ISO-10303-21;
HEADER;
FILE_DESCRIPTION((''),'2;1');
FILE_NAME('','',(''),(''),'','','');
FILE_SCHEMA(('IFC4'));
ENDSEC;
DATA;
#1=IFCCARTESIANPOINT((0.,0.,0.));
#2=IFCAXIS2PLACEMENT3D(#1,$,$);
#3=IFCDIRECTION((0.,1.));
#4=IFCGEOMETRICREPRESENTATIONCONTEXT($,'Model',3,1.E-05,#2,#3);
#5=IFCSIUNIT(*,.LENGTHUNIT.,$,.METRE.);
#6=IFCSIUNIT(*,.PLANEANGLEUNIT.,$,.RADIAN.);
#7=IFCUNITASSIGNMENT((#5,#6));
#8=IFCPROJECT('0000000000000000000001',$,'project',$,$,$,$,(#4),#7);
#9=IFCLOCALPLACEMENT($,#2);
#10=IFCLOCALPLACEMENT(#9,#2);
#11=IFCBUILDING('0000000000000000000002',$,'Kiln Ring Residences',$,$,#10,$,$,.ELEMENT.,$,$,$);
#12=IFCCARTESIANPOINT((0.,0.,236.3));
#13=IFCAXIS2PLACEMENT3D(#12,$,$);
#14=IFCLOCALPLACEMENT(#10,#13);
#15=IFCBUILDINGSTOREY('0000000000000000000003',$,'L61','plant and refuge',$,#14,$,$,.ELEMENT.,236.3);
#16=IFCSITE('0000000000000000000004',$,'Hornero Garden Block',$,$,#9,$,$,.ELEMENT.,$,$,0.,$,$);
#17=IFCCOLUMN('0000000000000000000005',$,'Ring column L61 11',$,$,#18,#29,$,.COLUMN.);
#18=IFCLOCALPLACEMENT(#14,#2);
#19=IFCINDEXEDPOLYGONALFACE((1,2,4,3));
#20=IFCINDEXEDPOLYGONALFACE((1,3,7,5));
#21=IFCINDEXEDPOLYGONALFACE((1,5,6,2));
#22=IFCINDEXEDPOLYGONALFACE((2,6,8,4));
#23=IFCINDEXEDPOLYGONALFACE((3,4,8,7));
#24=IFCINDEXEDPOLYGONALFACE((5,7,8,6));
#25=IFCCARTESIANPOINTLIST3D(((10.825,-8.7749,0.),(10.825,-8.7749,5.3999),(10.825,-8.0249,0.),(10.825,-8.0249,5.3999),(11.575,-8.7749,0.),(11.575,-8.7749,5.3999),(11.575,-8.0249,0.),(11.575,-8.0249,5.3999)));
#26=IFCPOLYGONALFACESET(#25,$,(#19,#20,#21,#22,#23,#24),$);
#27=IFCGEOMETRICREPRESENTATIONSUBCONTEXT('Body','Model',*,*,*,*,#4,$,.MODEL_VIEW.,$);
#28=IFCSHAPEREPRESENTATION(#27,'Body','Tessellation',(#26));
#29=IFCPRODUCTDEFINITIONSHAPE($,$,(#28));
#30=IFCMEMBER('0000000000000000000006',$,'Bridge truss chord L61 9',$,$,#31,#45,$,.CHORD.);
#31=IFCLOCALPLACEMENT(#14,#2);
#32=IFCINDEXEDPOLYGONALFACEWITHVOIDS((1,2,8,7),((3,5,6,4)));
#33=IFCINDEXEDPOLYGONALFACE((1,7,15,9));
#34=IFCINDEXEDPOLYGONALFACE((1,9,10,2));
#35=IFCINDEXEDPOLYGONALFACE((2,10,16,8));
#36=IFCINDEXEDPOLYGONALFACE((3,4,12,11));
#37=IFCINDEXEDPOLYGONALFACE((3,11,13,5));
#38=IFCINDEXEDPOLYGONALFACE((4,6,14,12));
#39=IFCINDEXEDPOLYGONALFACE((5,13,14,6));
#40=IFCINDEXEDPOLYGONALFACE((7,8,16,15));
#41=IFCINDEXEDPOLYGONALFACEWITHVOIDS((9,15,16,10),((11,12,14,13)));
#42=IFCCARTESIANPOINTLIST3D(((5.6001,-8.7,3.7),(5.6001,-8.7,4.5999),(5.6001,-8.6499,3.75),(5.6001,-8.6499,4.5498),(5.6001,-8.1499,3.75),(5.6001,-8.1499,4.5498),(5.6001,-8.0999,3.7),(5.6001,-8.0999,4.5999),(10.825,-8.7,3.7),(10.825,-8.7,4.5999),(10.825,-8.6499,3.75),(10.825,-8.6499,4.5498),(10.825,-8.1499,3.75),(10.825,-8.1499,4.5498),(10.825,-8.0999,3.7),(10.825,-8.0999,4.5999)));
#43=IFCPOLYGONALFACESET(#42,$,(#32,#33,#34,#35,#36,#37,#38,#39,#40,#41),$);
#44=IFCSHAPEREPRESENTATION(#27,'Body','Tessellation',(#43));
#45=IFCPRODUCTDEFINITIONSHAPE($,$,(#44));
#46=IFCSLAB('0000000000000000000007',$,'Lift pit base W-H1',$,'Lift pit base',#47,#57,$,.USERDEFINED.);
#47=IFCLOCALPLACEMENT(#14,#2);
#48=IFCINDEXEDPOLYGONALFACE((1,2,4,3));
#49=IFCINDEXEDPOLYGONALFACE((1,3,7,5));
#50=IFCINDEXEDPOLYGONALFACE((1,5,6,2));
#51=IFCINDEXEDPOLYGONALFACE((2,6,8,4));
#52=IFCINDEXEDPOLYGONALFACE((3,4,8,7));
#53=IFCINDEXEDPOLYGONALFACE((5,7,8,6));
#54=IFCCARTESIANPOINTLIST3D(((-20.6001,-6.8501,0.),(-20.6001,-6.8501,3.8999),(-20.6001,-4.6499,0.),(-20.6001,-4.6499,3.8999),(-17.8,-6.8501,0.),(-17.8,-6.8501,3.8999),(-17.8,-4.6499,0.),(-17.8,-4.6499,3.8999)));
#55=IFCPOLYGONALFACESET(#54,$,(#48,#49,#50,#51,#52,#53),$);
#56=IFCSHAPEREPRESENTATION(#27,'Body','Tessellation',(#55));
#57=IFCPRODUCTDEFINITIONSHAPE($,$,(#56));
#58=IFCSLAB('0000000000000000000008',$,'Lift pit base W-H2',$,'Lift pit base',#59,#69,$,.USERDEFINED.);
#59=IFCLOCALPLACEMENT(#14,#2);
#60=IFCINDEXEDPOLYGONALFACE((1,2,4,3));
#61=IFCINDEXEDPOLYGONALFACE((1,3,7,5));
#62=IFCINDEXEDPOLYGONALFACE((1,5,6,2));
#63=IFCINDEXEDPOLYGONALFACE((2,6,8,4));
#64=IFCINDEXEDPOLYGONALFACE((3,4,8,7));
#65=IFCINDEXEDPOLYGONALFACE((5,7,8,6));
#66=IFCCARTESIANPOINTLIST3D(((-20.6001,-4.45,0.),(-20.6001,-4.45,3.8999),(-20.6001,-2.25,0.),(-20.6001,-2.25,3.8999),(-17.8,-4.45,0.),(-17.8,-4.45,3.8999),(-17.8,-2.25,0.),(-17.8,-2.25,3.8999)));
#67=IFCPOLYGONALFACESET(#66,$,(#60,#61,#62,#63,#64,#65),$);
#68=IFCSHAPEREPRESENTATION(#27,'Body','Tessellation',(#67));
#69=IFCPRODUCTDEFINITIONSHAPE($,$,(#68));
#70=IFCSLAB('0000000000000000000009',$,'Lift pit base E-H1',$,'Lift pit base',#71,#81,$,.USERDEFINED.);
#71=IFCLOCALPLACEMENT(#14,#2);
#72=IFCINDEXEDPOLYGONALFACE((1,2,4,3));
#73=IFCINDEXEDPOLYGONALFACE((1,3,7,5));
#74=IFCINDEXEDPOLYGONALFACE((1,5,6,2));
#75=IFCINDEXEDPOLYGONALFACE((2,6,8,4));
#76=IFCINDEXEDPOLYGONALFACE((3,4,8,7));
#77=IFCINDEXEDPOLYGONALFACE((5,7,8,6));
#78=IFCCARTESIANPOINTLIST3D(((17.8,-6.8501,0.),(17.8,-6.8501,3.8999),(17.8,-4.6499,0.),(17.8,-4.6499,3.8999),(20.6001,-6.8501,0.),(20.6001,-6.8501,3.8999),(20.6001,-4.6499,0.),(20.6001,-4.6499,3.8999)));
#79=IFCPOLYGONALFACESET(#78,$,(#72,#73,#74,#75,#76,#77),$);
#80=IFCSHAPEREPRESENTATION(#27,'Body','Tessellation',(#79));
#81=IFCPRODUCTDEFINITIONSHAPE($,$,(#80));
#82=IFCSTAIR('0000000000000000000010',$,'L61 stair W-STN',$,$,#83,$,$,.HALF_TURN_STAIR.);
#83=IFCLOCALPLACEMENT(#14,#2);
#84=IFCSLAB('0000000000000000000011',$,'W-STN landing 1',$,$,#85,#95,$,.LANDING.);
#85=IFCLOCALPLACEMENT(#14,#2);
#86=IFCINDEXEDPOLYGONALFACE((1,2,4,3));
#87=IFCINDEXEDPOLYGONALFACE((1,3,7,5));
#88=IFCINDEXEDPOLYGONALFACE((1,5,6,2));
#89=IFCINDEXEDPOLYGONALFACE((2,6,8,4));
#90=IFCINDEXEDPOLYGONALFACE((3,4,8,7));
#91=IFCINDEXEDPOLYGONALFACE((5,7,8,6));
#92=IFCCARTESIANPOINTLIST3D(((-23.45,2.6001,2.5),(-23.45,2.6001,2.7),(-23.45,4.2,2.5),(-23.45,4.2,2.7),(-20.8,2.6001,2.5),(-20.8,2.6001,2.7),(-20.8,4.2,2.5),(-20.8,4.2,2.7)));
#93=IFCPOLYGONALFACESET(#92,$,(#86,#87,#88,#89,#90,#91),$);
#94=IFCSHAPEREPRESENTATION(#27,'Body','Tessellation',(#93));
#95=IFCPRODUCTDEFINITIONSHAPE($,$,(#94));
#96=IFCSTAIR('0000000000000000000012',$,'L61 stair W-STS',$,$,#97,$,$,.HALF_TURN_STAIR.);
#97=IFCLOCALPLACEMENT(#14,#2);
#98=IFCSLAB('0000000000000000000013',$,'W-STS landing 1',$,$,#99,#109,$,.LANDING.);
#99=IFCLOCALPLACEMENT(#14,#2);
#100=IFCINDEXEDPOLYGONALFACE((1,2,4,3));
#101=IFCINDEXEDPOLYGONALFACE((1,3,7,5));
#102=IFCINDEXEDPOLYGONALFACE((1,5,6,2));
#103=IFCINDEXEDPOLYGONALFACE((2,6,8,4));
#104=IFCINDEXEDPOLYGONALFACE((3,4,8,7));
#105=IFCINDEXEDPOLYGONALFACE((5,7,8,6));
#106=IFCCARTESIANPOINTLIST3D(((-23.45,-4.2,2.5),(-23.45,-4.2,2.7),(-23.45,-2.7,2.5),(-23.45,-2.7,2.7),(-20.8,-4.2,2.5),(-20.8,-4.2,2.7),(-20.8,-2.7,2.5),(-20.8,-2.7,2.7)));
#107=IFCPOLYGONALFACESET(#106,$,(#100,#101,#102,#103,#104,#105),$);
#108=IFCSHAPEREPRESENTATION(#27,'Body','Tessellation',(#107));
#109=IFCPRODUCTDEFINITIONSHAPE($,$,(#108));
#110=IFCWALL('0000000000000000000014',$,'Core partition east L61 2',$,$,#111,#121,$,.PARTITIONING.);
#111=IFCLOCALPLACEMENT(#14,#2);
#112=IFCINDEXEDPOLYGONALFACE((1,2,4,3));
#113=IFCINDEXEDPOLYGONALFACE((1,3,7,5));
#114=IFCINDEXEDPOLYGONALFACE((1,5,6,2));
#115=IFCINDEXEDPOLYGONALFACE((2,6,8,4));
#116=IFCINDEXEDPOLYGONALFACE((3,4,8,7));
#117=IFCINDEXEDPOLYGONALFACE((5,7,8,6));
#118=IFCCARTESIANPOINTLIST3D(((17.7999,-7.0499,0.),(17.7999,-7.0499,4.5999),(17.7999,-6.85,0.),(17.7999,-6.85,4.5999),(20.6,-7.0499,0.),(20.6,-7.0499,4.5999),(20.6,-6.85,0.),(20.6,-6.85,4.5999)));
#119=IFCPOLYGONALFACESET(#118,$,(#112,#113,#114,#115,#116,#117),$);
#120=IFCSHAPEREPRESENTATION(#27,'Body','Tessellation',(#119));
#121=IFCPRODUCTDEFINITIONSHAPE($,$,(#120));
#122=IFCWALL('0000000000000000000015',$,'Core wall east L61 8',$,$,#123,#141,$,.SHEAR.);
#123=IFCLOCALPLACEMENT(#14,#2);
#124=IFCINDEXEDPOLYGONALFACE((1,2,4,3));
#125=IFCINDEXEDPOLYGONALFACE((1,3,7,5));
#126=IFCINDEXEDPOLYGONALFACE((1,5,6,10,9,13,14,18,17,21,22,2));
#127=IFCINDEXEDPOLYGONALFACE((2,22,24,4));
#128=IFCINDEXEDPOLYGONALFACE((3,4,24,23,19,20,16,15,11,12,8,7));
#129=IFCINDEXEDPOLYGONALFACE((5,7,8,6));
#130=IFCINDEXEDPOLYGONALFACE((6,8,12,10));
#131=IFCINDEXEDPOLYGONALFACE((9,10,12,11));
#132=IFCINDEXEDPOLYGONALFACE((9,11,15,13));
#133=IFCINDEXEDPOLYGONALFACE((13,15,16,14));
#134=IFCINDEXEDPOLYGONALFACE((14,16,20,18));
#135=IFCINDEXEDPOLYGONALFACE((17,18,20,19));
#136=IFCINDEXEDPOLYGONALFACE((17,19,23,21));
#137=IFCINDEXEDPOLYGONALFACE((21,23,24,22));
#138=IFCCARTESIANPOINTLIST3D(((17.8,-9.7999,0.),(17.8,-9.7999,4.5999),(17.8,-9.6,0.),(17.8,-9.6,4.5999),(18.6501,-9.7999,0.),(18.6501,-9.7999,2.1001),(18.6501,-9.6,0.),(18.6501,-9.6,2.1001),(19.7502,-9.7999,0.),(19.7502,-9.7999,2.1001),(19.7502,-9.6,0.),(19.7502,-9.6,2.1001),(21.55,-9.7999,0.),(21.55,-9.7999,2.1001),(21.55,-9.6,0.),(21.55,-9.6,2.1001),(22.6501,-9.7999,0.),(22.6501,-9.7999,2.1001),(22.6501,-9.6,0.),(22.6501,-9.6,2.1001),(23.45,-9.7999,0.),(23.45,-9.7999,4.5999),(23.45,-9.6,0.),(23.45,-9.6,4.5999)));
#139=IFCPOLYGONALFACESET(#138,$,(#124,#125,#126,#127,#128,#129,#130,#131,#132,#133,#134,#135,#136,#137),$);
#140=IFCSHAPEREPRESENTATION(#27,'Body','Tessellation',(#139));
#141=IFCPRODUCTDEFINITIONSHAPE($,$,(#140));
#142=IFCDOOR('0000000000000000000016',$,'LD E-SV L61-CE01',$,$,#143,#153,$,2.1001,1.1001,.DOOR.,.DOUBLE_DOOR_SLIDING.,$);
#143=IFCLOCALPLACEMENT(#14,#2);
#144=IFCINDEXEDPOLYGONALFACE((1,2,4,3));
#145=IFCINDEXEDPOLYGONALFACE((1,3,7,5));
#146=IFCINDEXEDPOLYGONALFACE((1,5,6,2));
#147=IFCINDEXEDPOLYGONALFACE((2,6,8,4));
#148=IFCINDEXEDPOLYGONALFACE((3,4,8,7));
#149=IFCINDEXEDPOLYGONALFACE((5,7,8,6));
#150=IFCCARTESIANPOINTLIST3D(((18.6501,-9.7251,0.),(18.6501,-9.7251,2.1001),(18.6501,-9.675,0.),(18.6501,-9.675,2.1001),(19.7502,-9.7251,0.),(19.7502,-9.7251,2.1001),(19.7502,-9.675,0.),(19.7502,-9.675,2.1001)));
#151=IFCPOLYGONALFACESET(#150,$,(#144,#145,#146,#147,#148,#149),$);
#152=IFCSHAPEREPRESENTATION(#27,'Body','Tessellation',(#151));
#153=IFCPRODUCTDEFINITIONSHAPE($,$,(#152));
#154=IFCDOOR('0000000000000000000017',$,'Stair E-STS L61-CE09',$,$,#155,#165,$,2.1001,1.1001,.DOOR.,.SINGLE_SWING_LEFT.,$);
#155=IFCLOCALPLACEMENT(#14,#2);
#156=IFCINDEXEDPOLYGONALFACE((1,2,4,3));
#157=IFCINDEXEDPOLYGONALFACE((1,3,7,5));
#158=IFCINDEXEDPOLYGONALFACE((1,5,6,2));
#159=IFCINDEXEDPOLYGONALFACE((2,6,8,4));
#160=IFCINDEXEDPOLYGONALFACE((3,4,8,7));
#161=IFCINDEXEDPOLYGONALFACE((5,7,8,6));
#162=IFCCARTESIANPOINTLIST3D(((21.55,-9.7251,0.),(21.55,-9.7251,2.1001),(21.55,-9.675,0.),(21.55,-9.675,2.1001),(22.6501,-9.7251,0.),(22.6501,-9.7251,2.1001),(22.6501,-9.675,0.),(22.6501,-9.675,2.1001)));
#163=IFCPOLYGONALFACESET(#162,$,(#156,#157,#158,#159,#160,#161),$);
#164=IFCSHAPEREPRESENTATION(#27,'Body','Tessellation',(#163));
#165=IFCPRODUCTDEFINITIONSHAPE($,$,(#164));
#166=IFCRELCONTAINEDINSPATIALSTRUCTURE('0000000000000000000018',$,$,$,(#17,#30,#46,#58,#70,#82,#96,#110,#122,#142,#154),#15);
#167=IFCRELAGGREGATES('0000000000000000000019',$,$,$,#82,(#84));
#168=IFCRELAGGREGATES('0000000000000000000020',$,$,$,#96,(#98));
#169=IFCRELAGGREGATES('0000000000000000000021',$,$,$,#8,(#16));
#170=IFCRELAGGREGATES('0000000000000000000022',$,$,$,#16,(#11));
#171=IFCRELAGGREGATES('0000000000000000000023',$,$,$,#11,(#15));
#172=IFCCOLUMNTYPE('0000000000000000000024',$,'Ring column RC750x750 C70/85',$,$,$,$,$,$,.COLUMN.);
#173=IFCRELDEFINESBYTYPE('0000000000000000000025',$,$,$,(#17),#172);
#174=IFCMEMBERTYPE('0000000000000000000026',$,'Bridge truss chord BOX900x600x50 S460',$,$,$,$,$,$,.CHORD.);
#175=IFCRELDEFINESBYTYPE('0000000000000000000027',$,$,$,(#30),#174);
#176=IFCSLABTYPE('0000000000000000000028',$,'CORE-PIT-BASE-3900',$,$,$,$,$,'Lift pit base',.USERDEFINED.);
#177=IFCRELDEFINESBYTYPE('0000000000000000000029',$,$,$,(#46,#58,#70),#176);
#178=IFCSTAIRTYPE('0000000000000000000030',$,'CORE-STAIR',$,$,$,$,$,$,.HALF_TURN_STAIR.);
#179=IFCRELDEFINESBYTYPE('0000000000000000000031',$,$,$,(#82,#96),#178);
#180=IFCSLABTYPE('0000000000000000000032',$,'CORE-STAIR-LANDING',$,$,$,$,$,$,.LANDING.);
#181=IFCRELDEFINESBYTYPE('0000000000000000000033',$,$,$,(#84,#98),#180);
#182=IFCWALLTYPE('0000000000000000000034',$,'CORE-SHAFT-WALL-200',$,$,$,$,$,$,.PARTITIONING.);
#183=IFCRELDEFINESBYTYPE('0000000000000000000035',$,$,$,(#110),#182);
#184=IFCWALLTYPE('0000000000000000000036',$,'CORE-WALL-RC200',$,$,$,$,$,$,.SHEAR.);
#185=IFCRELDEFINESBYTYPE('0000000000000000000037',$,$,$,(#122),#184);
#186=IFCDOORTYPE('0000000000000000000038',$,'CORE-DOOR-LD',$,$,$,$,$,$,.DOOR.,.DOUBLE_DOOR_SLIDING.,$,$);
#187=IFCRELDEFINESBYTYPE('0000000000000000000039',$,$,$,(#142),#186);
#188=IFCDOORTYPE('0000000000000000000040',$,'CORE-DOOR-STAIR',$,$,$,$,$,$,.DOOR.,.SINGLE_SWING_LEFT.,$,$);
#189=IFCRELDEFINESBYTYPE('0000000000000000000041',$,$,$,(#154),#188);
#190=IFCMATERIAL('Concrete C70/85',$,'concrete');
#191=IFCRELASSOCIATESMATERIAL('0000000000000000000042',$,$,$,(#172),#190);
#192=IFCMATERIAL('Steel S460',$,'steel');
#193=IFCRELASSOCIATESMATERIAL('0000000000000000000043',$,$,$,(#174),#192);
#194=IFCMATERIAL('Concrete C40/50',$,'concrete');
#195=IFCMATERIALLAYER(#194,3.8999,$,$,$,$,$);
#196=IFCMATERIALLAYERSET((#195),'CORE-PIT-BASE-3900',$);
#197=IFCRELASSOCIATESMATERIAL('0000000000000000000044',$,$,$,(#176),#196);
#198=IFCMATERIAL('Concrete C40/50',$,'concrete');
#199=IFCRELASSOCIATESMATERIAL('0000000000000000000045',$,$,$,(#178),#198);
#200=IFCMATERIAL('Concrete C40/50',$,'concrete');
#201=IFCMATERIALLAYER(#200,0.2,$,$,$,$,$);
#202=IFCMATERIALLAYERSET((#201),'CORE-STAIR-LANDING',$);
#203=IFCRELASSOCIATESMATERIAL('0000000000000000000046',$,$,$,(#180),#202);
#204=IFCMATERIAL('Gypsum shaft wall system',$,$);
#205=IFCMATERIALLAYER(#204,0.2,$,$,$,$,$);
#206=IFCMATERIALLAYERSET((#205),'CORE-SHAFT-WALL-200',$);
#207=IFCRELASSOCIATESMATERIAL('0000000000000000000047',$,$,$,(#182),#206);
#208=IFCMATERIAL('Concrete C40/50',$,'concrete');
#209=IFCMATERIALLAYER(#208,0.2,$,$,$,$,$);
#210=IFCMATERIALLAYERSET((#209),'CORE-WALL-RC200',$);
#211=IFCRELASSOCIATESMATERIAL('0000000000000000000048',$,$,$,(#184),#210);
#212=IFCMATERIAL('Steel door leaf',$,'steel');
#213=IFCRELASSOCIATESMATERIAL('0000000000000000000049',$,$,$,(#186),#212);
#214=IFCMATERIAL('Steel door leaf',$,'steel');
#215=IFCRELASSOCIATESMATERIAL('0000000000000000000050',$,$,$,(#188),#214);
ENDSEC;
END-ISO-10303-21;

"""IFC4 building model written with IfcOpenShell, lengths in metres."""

from ifc_helpers import new_model, si_unit, direction, frame, frame_2d, origin, origin_2d, place, context, subcontext, project, spatial, polyline, rectangle, hollow_rectangle, outline, extrude, material, layer, layer_set, material_profile, profile_set, type_object, element, fill, aggregate, save


model = new_model("IFC4")

# Units and contexts
model_context = context("Model", 3, precision=1e-05, world=origin(), true_north=direction((0.0, 1.0)))
body_context = subcontext(model_context, "Body", "Model", "MODEL_VIEW")
ifc_project = project(units=[si_unit("LENGTHUNIT", "METRE"), si_unit("PLANEANGLEUNIT", "RADIAN")], contexts=[model_context])

# Site, building, storey
site_placement = place(None, origin())
site = spatial("IfcSite", under=ifc_project, at=site_placement, Name="Hornero Garden Block", CompositionType="ELEMENT", RefElevation=0.0)
building_placement = place(site_placement, origin())
building = spatial("IfcBuilding", under=site, at=building_placement, Name="Kiln Ring Residences", CompositionType="ELEMENT")
storey_placement = place(building_placement, frame((0.0, 0.0, 236.3)))
storey = spatial("IfcBuildingStorey", under=building, at=storey_placement, Name="L61", Description="plant and refuge", CompositionType="ELEMENT", Elevation=236.3)

# Column
ifc_material_1 = material(Name="Concrete C70/85", Category="concrete")
ifc_material_profile_1 = material_profile(ifc_material_1, rectangle(XDim=0.75, YDim=0.75, at=origin_2d()), Name="RC750x750")
ifc_profile_set_1 = profile_set([ifc_material_profile_1], Name="Concrete C70/85")
column_type = type_object("IfcColumnType", Name="Ring column RC750x750 C70/85", PredefinedType="COLUMN", material=ifc_profile_set_1)
column_placement = place(storey_placement, frame((11.2, -8.3999, 0.0), z_axis=(0.0, 0.0, 1.0), x_axis=(1.0, 0.0, 0.0)))
element("IfcColumn", 1, at=column_placement, inside=storey, type_object=column_type, Name="Ring column L61 11", PredefinedType="COLUMN", context=body_context, shape_type="SweptSolid", body=[
    extrude(rectangle(XDim=0.75, YDim=0.75, at=origin_2d()), origin(), (0.0, 0.0, 1.0), 5.3999),
])

# Member
ifc_material_2 = material(Name="Steel S460", Category="steel")
ifc_material_profile_2 = material_profile(ifc_material_2, hollow_rectangle(XDim=0.6001, YDim=0.8999, WallThickness=0.05, at=origin_2d()), Name="BOX900x600x50")
ifc_profile_set_2 = profile_set([ifc_material_profile_2], Name="Steel S460")
member_type = type_object("IfcMemberType", Name="Bridge truss chord BOX900x600x50 S460", PredefinedType="CHORD", material=ifc_profile_set_2)
member_placement = place(storey_placement, frame((5.6001, -8.3999, 4.1499), z_axis=(1.0, 0.0, 0.0), x_axis=(0.0, 1.0, 0.0)))
element("IfcMember", 2, at=member_placement, inside=storey, type_object=member_type, Name="Bridge truss chord L61 9", PredefinedType="CHORD", context=body_context, shape_type="SweptSolid", body=[
    extrude(hollow_rectangle(XDim=0.6001, YDim=0.8999, WallThickness=0.05, at=origin_2d()), origin(), (0.0, 0.0, 1.0), 5.2249),
])

# Slabs
ifc_material_3 = material(Name="Concrete C40/50", Category="concrete")
ifc_layer_1 = layer(ifc_material_3, 3.8999)
ifc_layer_set_1 = layer_set([ifc_layer_1], Name="CORE-PIT-BASE-3900")
slab_type_1 = type_object("IfcSlabType", Name="CORE-PIT-BASE-3900", ElementType="Lift pit base", PredefinedType="USERDEFINED", material=ifc_layer_set_1)
placement_1 = place(storey_placement, origin())
element("IfcSlab", 3, at=placement_1, inside=storey, type_object=slab_type_1, Name="Lift pit base W-H1", ObjectType="Lift pit base", PredefinedType="USERDEFINED", context=body_context, shape_type="SweptSolid", body=[
    extrude(outline(polyline([(-17.8, -6.8501), (-17.8, -4.6499), (-20.6001, -4.6499), (-20.6001, -6.8501), (-17.8, -6.8501)])), origin(), (0.0, 0.0, 1.0), 3.8999),
])
element("IfcSlab", 4, at=placement_1, inside=storey, type_object=slab_type_1, Name="Lift pit base W-H2", ObjectType="Lift pit base", PredefinedType="USERDEFINED", context=body_context, shape_type="SweptSolid", body=[
    extrude(outline(polyline([(-17.8, -4.45), (-17.8, -2.25), (-20.6001, -2.25), (-20.6001, -4.45), (-17.8, -4.45)])), origin(), (0.0, 0.0, 1.0), 3.8999),
])
element("IfcSlab", 5, at=placement_1, inside=storey, type_object=slab_type_1, Name="Lift pit base E-H1", ObjectType="Lift pit base", PredefinedType="USERDEFINED", context=body_context, shape_type="SweptSolid", body=[
    extrude(outline(polyline([(17.8, -6.8501), (20.6001, -6.8501), (20.6001, -4.6499), (17.8, -4.6499), (17.8, -6.8501)])), origin(), (0.0, 0.0, 1.0), 3.8999),
])

# Stairs, slabs
ifc_material_4 = material(Name="Concrete C40/50", Category="concrete")
stair_type = type_object("IfcStairType", Name="CORE-STAIR", PredefinedType="HALF_TURN_STAIR", material=ifc_material_4)
stair_1 = element("IfcStair", 6, at=placement_1, inside=storey, type_object=stair_type, Name="L61 stair W-STN", PredefinedType="HALF_TURN_STAIR")
ifc_material_5 = material(Name="Concrete C40/50", Category="concrete")
ifc_layer_2 = layer(ifc_material_5, 0.2)
ifc_layer_set_2 = layer_set([ifc_layer_2], Name="CORE-STAIR-LANDING")
slab_type_2 = type_object("IfcSlabType", Name="CORE-STAIR-LANDING", PredefinedType="LANDING", material=ifc_layer_set_2)
placement_2 = place(storey_placement, frame((0.0, 0.0, 2.5)))
slab_1 = element("IfcSlab", 7, at=placement_2, type_object=slab_type_2, Name="W-STN landing 1", PredefinedType="LANDING", context=body_context, shape_type="SweptSolid", body=[
    extrude(outline(polyline([(-23.45, 4.2), (-23.45, 2.6001), (-20.8, 2.6001), (-20.8, 4.2), (-23.45, 4.2)])), origin(), (0.0, 0.0, 1.0), 0.2),
])
aggregate(stair_1, [slab_1])
stair_2 = element("IfcStair", 8, at=placement_1, inside=storey, type_object=stair_type, Name="L61 stair W-STS", PredefinedType="HALF_TURN_STAIR")
slab_2 = element("IfcSlab", 9, at=placement_2, type_object=slab_type_2, Name="W-STS landing 1", PredefinedType="LANDING", context=body_context, shape_type="SweptSolid", body=[
    extrude(outline(polyline([(-20.8, -4.2), (-20.8, -2.7), (-23.45, -2.7), (-23.45, -4.2), (-20.8, -4.2)])), origin(), (0.0, 0.0, 1.0), 0.2),
])
aggregate(stair_2, [slab_2])

# Wall
ifc_material_6 = material(Name="Gypsum shaft wall system")
ifc_layer_3 = layer(ifc_material_6, 0.2)
ifc_layer_set_3 = layer_set([ifc_layer_3], Name="CORE-SHAFT-WALL-200")
wall_type_1 = type_object("IfcWallType", Name="CORE-SHAFT-WALL-200", PredefinedType="PARTITIONING", material=ifc_layer_set_3)
wall_1_placement = place(storey_placement, frame((17.8, -6.95, 0.0), z_axis=(0.0, 0.0, 1.0), x_axis=(1.0, 0.0, 0.0)))
element("IfcWall", 10, at=wall_1_placement, inside=storey, type_object=wall_type_1, Name="Core partition east L61 2", PredefinedType="PARTITIONING", context=body_context, shape_type="SweptSolid", body=[
    extrude(rectangle(XDim=2.8, YDim=0.2, at=frame_2d((1.3999, 0.0))), origin(), (0.0, 0.0, 1.0), 4.5999),
])

# Wall, openings, doors
ifc_material_7 = material(Name="Concrete C40/50", Category="concrete")
ifc_layer_4 = layer(ifc_material_7, 0.2)
ifc_layer_set_4 = layer_set([ifc_layer_4], Name="CORE-WALL-RC200")
wall_type_2 = type_object("IfcWallType", Name="CORE-WALL-RC200", PredefinedType="SHEAR", material=ifc_layer_set_4)
wall_2_placement = place(storey_placement, frame((17.8, -9.7, 0.0), z_axis=(0.0, 0.0, 1.0), x_axis=(1.0, 0.0, 0.0)))
wall_2 = element("IfcWall", 11, at=wall_2_placement, inside=storey, type_object=wall_type_2, Name="Core wall east L61 8", PredefinedType="SHEAR", context=body_context, shape_type="SweptSolid", body=[
    extrude(rectangle(XDim=5.6499, YDim=0.2, at=frame_2d((2.825, 0.0))), origin(), (0.0, 0.0, 1.0), 4.5999),
])
opening_1_placement = place(wall_2_placement, frame((0.8501, 0.0, 0.0)))
opening_1 = element("IfcOpeningElement", 12, at=opening_1_placement, cuts=wall_2, PredefinedType="OPENING", context=body_context, shape_type="SweptSolid", body=[
    extrude(rectangle(XDim=1.1001, YDim=2.1001, at=frame_2d((0.55, 1.05))), frame((0.0, 0.1099, 0.0), z_axis=(0.0, -1.0, 0.0), x_axis=(1.0, 0.0, 0.0)), (0.0, 0.0, 1.0), 0.22),
])
opening_2_placement = place(wall_2_placement, frame((3.75, 0.0, 0.0)))
opening_2 = element("IfcOpeningElement", 13, at=opening_2_placement, cuts=wall_2, PredefinedType="OPENING", context=body_context, shape_type="SweptSolid", body=[
    extrude(rectangle(XDim=1.1001, YDim=2.1001, at=frame_2d((0.55, 1.05))), frame((0.0, 0.1099, 0.0), z_axis=(0.0, -1.0, 0.0), x_axis=(1.0, 0.0, 0.0)), (0.0, 0.0, 1.0), 0.22),
])
ifc_material_8 = material(Name="Steel door leaf", Category="steel")
door_type_1 = type_object("IfcDoorType", Name="CORE-DOOR-LD", OperationType="DOUBLE_DOOR_SLIDING", PredefinedType="DOOR", material=ifc_material_8)
door_1_placement = place(opening_1_placement, origin())
door_1 = element("IfcDoor", 14, at=door_1_placement, inside=storey, type_object=door_type_1, Name="LD E-SV L61-CE01", OperationType="DOUBLE_DOOR_SLIDING", OverallHeight=2.1001, OverallWidth=1.1001, PredefinedType="DOOR", context=body_context, shape_type="SweptSolid", body=[
    extrude(rectangle(XDim=1.1001, YDim=2.1001, at=frame_2d((0.55, 1.05))), frame((0.0, 0.0249, 0.0), z_axis=(0.0, -1.0, 0.0), x_axis=(1.0, 0.0, 0.0)), (0.0, 0.0, 1.0), 0.05),
])
fill(opening_1, door_1)
ifc_material_9 = material(Name="Steel door leaf", Category="steel")
door_type_2 = type_object("IfcDoorType", Name="CORE-DOOR-STAIR", OperationType="SINGLE_SWING_LEFT", PredefinedType="DOOR", material=ifc_material_9)
door_2_placement = place(opening_2_placement, origin())
door_2 = element("IfcDoor", 15, at=door_2_placement, inside=storey, type_object=door_type_2, Name="Stair E-STS L61-CE09", OperationType="SINGLE_SWING_LEFT", OverallHeight=2.1001, OverallWidth=1.1001, PredefinedType="DOOR", context=body_context, shape_type="SweptSolid", body=[
    extrude(rectangle(XDim=1.1001, YDim=2.1001, at=frame_2d((0.55, 1.05))), frame((0.0, 0.0249, 0.0), z_axis=(0.0, -1.0, 0.0), x_axis=(1.0, 0.0, 0.0)), (0.0, 0.0, 1.0), 0.05),
])
fill(opening_2, door_2)

save(model, "model.ifc")
